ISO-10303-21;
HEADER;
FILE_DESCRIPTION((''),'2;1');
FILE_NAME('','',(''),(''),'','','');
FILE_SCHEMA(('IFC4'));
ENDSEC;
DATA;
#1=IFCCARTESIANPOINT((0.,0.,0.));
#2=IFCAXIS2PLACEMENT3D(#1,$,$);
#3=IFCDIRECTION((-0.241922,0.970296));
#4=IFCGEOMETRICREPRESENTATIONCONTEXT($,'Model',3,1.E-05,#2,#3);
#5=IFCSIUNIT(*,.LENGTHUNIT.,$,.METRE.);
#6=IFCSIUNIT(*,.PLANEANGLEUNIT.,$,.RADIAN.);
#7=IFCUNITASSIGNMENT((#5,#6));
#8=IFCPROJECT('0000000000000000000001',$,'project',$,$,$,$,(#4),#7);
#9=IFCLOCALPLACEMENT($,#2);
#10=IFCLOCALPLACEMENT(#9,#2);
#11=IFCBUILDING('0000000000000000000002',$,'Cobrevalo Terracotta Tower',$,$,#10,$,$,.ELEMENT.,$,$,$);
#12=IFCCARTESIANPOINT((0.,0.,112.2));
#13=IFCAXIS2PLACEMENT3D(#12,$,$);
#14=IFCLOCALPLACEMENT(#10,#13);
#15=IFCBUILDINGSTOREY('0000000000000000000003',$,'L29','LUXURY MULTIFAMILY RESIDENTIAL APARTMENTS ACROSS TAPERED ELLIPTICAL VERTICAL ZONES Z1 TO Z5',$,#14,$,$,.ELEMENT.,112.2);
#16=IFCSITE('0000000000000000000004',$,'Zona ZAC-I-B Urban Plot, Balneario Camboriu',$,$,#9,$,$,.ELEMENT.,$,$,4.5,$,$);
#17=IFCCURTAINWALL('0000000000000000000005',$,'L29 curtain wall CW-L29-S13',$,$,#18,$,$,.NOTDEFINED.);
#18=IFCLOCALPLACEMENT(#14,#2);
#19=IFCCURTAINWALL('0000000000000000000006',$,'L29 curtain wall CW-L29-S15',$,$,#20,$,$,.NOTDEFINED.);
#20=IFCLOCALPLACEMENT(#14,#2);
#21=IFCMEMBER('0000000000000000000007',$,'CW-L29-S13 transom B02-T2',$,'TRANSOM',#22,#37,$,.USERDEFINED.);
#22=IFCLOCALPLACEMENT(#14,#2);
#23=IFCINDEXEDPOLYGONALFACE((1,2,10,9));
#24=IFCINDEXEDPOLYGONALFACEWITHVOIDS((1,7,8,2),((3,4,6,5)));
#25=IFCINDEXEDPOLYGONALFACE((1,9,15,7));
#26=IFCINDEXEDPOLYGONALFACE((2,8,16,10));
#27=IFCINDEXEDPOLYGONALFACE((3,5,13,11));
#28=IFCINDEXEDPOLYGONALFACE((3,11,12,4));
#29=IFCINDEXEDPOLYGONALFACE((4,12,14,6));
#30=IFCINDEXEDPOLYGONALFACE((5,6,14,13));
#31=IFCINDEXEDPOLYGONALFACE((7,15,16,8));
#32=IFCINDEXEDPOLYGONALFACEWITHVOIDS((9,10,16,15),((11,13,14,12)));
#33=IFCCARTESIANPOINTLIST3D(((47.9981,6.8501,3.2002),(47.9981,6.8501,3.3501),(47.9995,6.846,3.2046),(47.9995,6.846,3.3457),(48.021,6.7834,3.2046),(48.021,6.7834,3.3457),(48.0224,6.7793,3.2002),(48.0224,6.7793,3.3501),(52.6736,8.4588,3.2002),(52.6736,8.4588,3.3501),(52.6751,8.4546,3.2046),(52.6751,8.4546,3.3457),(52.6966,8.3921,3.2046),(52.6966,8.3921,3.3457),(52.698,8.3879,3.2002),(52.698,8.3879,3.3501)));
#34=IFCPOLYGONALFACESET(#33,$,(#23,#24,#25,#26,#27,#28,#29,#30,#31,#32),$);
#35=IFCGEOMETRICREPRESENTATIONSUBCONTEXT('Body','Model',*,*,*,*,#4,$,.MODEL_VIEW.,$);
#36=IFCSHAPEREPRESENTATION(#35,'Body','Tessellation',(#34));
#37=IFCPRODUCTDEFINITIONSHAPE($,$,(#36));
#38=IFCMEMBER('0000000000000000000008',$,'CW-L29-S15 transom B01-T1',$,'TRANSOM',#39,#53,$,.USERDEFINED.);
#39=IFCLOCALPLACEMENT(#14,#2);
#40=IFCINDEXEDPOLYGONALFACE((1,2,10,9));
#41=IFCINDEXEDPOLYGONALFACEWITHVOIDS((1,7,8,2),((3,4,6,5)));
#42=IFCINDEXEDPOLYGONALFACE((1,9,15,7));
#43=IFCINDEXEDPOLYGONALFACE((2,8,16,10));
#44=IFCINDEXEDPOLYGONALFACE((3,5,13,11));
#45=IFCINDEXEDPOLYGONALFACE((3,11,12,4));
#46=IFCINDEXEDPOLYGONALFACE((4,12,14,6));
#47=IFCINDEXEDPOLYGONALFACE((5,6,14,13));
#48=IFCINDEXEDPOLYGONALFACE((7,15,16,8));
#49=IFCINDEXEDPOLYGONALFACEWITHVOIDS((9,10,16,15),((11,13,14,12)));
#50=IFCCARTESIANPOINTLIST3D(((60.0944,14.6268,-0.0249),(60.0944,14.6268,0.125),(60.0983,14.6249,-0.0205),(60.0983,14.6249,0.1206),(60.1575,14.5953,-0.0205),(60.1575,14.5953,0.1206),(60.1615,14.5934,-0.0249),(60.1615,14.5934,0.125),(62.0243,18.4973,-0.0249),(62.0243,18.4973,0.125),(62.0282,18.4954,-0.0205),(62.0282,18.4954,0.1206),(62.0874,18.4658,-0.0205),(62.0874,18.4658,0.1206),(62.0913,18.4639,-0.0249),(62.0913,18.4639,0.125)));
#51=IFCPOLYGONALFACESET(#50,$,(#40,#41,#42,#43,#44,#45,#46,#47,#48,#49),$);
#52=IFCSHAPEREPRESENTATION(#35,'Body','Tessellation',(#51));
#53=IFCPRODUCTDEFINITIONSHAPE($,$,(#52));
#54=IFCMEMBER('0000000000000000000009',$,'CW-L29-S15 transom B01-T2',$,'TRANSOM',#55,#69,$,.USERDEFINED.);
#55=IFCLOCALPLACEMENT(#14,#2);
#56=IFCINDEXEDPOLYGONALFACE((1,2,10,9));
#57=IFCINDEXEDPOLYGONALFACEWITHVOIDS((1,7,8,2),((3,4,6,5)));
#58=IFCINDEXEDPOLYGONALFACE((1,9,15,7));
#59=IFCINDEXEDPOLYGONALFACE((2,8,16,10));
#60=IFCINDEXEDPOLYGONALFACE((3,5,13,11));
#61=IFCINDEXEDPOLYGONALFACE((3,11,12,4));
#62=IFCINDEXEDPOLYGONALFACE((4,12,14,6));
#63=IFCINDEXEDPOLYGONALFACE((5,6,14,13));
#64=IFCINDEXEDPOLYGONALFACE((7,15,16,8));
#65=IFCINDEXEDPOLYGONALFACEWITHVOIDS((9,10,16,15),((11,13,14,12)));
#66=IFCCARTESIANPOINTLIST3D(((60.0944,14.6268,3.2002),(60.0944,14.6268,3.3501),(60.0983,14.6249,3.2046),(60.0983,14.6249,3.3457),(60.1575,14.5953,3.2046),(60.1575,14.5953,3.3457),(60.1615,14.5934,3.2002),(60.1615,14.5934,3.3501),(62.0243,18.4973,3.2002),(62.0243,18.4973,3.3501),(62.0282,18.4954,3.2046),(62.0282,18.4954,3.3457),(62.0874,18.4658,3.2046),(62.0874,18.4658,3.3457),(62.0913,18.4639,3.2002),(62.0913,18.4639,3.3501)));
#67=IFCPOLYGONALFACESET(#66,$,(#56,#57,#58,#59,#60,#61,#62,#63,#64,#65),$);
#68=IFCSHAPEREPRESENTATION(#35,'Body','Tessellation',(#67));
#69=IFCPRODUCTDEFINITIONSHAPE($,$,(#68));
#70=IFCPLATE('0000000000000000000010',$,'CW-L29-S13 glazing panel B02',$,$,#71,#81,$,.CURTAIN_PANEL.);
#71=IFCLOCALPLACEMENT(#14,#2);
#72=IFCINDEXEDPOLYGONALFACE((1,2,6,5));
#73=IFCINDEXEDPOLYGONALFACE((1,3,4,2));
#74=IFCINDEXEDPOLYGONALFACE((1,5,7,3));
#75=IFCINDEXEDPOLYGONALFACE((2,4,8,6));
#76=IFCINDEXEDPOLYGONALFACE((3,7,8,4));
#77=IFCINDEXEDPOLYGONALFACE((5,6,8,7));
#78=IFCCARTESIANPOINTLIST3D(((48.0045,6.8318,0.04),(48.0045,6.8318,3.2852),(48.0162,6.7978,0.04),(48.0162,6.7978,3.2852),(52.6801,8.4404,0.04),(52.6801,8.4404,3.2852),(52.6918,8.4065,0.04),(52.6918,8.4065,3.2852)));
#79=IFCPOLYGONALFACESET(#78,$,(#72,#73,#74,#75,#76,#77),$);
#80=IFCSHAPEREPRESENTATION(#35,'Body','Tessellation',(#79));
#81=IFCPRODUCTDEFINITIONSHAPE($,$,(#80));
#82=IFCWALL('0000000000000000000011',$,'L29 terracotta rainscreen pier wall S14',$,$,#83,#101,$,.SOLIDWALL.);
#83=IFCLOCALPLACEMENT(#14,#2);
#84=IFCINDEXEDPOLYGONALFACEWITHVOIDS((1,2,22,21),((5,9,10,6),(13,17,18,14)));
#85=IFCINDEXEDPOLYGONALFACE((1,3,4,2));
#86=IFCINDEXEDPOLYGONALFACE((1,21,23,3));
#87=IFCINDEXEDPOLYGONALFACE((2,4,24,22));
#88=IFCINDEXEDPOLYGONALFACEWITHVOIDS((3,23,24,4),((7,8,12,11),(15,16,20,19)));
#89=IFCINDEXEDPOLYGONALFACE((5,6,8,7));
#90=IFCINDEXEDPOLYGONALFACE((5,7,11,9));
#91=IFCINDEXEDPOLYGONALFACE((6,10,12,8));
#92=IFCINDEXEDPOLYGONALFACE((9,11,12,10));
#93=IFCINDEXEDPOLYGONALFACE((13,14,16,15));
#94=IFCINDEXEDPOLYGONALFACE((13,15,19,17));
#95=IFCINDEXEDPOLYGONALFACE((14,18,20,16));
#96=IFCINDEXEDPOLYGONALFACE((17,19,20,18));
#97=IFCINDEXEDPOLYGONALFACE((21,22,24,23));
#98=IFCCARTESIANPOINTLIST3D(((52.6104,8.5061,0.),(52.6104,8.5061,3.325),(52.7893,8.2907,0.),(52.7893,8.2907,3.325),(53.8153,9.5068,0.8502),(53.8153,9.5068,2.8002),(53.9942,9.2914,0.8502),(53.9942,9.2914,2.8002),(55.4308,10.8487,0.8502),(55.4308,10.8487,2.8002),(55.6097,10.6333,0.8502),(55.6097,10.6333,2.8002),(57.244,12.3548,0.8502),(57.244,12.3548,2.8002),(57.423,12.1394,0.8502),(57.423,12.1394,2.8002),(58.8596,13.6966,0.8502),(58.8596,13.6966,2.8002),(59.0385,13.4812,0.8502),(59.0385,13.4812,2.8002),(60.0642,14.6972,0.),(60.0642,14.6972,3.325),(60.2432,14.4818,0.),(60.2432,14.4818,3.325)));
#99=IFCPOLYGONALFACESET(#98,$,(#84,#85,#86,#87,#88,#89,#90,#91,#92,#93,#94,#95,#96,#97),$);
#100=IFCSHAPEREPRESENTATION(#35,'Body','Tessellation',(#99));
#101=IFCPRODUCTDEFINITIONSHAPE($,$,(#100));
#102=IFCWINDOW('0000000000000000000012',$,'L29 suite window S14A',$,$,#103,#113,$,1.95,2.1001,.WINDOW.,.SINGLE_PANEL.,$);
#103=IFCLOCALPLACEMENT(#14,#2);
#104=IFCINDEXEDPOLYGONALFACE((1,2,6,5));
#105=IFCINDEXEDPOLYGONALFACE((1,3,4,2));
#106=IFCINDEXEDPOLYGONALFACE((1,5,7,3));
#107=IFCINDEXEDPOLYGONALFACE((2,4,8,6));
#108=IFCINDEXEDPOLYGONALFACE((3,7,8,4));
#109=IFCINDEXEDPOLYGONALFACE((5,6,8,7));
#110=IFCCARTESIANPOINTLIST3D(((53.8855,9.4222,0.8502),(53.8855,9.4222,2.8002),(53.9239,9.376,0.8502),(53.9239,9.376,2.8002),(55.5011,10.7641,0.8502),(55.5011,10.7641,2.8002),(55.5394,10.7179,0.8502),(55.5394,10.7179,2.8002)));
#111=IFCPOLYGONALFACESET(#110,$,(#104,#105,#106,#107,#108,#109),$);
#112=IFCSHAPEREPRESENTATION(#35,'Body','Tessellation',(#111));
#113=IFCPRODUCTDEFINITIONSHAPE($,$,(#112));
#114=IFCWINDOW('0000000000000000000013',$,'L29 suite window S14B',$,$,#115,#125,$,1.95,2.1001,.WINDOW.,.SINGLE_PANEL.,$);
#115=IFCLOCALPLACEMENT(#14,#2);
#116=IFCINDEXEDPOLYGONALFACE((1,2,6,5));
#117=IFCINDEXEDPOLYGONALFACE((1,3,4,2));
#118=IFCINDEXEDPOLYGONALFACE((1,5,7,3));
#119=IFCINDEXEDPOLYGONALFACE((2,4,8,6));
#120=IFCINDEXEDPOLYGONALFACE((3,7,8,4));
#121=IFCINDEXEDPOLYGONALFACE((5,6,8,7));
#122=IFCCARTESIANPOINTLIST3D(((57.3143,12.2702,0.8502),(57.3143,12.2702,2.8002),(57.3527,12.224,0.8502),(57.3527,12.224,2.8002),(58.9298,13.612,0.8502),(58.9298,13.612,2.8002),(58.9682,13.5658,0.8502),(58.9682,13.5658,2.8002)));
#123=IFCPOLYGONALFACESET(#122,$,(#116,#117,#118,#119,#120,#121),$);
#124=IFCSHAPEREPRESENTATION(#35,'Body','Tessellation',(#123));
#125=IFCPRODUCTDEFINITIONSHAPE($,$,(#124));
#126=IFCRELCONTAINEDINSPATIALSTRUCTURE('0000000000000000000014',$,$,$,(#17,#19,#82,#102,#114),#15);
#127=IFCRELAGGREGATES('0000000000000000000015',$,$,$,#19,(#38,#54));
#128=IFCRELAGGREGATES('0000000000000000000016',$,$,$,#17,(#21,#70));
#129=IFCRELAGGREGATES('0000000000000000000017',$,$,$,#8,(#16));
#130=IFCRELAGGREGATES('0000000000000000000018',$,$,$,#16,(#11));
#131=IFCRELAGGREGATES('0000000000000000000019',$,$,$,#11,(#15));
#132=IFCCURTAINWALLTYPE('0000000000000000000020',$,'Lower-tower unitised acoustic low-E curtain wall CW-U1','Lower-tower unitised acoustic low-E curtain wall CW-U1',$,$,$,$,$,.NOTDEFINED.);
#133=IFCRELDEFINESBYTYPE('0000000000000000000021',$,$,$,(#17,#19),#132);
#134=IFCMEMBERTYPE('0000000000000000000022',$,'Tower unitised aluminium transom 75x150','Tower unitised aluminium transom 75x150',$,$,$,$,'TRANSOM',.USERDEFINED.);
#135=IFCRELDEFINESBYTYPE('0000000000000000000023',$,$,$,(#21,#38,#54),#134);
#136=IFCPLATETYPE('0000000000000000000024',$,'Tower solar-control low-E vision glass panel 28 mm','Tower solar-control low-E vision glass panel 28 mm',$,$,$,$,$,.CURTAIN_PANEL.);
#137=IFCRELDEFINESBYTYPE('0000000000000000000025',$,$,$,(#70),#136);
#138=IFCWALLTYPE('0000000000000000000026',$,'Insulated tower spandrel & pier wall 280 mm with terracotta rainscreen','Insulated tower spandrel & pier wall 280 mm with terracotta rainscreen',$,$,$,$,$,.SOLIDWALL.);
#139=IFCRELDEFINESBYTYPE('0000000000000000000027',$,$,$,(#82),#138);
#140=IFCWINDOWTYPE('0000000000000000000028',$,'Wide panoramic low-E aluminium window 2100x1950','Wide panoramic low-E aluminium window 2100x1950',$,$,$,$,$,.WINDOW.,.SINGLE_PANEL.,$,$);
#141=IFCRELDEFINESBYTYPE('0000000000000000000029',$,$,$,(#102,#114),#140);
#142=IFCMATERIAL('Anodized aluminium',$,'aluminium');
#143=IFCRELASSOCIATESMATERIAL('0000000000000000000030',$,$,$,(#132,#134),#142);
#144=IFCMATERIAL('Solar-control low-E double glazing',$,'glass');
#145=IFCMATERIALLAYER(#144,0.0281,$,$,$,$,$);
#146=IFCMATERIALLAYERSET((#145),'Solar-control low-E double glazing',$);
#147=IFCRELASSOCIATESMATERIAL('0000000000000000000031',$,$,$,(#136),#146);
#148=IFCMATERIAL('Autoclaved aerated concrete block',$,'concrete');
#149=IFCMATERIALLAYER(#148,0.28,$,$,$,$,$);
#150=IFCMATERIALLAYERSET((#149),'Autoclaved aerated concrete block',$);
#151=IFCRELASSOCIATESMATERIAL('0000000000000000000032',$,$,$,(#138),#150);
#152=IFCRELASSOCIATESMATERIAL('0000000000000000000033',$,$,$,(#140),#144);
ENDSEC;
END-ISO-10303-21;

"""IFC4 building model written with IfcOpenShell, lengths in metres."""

from ifc_helpers import new_model, si_unit, direction, frame, frame_2d, origin, origin_2d, place, context, subcontext, project, spatial, rectangle, hollow_rectangle, extrude, source, transform, mapped, material, layer, layer_set, material_profile, profile_set, type_object, element, fill, aggregate, save


model = new_model("IFC4")

# Units and contexts
model_context = context("Model", 3, precision=1e-05, world=origin(), true_north=direction((-0.241922, 0.970296)))
body_context = subcontext(model_context, "Body", "Model", "MODEL_VIEW")
ifc_project = project(units=[si_unit("LENGTHUNIT", "METRE"), si_unit("PLANEANGLEUNIT", "RADIAN")], contexts=[model_context])

# Site, building, storey
site_placement = place(None, origin())
site = spatial("IfcSite", under=ifc_project, at=site_placement, Name="Zona ZAC-I-B Urban Plot, Balneario Camboriu", CompositionType="ELEMENT", RefElevation=4.5)
building_placement = place(site_placement, origin())
building = spatial("IfcBuilding", under=site, at=building_placement, Name="Cobrevalo Terracotta Tower", CompositionType="ELEMENT")
storey_placement = place(building_placement, frame((0.0, 0.0, 112.2)))
storey = spatial("IfcBuildingStorey", under=building, at=storey_placement, Name="L29", Description="LUXURY MULTIFAMILY RESIDENTIAL APARTMENTS ACROSS TAPERED ELLIPTICAL VERTICAL ZONES Z1 TO Z5", CompositionType="ELEMENT", Elevation=112.2)

# Curtain wall
ifc_material_1 = material(Name="Anodized aluminium", Category="aluminium")
curtain_wall_type = type_object("IfcCurtainWallType", Name="Lower-tower unitised acoustic low-E curtain wall CW-U1", Description="Lower-tower unitised acoustic low-E curtain wall CW-U1", PredefinedType="NOTDEFINED", material=ifc_material_1)
curtain_wall_1_placement = place(storey_placement, origin())
curtain_wall_1 = element("IfcCurtainWall", 1, at=curtain_wall_1_placement, inside=storey, type_object=curtain_wall_type, Name="L29 curtain wall CW-L29-S13", PredefinedType="NOTDEFINED")

# Curtain wall
curtain_wall_2_placement = place(storey_placement, origin())
curtain_wall_2 = element("IfcCurtainWall", 2, at=curtain_wall_2_placement, inside=storey, type_object=curtain_wall_type, Name="L29 curtain wall CW-L29-S15", PredefinedType="NOTDEFINED")

# Members
ifc_material_profile_1 = material_profile(ifc_material_1, hollow_rectangle(XDim=0.075, YDim=0.1499, WallThickness=0.0044, at=origin_2d()), Name="CWT 75x150")
ifc_profile_set_1 = profile_set([ifc_material_profile_1], Name="Anodized aluminium")
member_type_1 = type_object("IfcMemberType", Name="Tower unitised aluminium transom 75x150", Description="Tower unitised aluminium transom 75x150", ElementType="TRANSOM", PredefinedType="USERDEFINED", material=ifc_profile_set_1)
shared_shape_1 = source(origin(), body_context, "Body", "SweptSolid", [
    extrude(hollow_rectangle(XDim=0.075, YDim=0.1499, WallThickness=0.0044, at=origin_2d()), origin(), (0.0, 0.0, 1.0), 4.9446),
])
member_1_placement = place(storey_placement, frame((48.0103, 6.8147, 3.2751), z_axis=(0.945598, 0.325338, 0.0), x_axis=(-0.325338, 0.945598, 0.0)))
member_1 = element("IfcMember", 3, at=member_1_placement, type_object=member_type_1, Name="CW-L29-S13 transom B02-T2", ObjectType="TRANSOM", PredefinedType="USERDEFINED", context=body_context, shape_type="MappedRepresentation", body=[
    mapped(shared_shape_1, transform((0.0, 0.0, 0.0), scale=1.0)),
])
shared_shape_2 = source(origin(), body_context, "Body", "SweptSolid", [
    extrude(hollow_rectangle(XDim=0.075, YDim=0.1499, WallThickness=0.0044, at=origin_2d()), origin(), (0.0, 0.0, 1.0), 4.325),
])
member_2_placement = place(storey_placement, frame((60.1279, 14.6101, 0.05), z_axis=(0.44622, 0.894923, 0.0), x_axis=(-0.894923, 0.44622, 0.0)))
member_2 = element("IfcMember", 4, at=member_2_placement, type_object=member_type_1, Name="CW-L29-S15 transom B01-T1", ObjectType="TRANSOM", PredefinedType="USERDEFINED", context=body_context, shape_type="MappedRepresentation", body=[
    mapped(shared_shape_2, transform((0.0, 0.0, 0.0), scale=1.0)),
])
member_3_placement = place(storey_placement, frame((60.1279, 14.6101, 3.2751), z_axis=(0.44622, 0.894923, 0.0), x_axis=(-0.894923, 0.44622, 0.0)))
member_3 = element("IfcMember", 5, at=member_3_placement, type_object=member_type_1, Name="CW-L29-S15 transom B01-T2", ObjectType="TRANSOM", PredefinedType="USERDEFINED", context=body_context, shape_type="MappedRepresentation", body=[
    mapped(shared_shape_2, transform((0.0, 0.0, 0.0), scale=1.0)),
])
aggregate(curtain_wall_2, [member_2, member_3])

# Plate
ifc_material_2 = material(Name="Solar-control low-E double glazing", Category="glass")
ifc_layer_1 = layer(ifc_material_2, 0.0281)
ifc_layer_set_1 = layer_set([ifc_layer_1], Name="Solar-control low-E double glazing")
plate_type = type_object("IfcPlateType", Name="Tower solar-control low-E vision glass panel 28 mm", Description="Tower solar-control low-E vision glass panel 28 mm", PredefinedType="CURTAIN_PANEL", material=ifc_layer_set_1)
shared_shape_3 = source(origin(), body_context, "Body", "SweptSolid", [
    extrude(rectangle(XDim=4.9446, YDim=0.0359, at=origin_2d()), origin(), (0.0, 0.0, 1.0), 3.2451),
])
plate_placement = place(storey_placement, frame((50.3481, 7.6191, 0.04), z_axis=(0.0, 0.0, 1.0), x_axis=(0.945596, 0.325342, 0.0)))
plate = element("IfcPlate", 6, at=plate_placement, type_object=plate_type, Name="CW-L29-S13 glazing panel B02", PredefinedType="CURTAIN_PANEL", context=body_context, shape_type="MappedRepresentation", body=[
    mapped(shared_shape_3, transform((0.0, 0.0, 0.0), scale=1.0)),
])
aggregate(curtain_wall_1, [member_1, plate])

# Wall, openings, windows
ifc_material_3 = material(Name="Autoclaved aerated concrete block", Category="concrete")
ifc_layer_2 = layer(ifc_material_3, 0.28)
ifc_layer_set_2 = layer_set([ifc_layer_2], Name="Autoclaved aerated concrete block")
wall_type_1 = type_object("IfcWallType", Name="Insulated tower spandrel & pier wall 280 mm with terracotta rainscreen", Description="Insulated tower spandrel & pier wall 280 mm with terracotta rainscreen", PredefinedType="SOLIDWALL", material=ifc_layer_set_2)
wall_1_placement = place(storey_placement, frame((52.7, 8.3984, 0.0), z_axis=(0.0, 0.0, 1.0), x_axis=(0.769255, 0.638942, 0.0)))
wall_1 = element("IfcWall", 7, at=wall_1_placement, inside=storey, type_object=wall_type_1, Name="L29 terracotta rainscreen pier wall S14", PredefinedType="SOLIDWALL", context=body_context, shape_type="SweptSolid", body=[
    extrude(rectangle(XDim=9.6897, YDim=0.28, at=frame_2d((4.8447, 0.0))), origin(), (0.0, 0.0, 1.0), 3.325),
])
opening_1_placement = place(wall_1_placement, frame((1.5662, 0.0, 0.8501)))
opening_1 = element("IfcOpeningElement", 8, at=opening_1_placement, cuts=wall_1, PredefinedType="OPENING", context=body_context, shape_type="SweptSolid", body=[
    extrude(rectangle(XDim=2.1001, YDim=1.95, at=frame_2d((1.05, 0.9751))), frame((0.0, 0.1499, 0.0), z_axis=(0.0, -1.0, 0.0), x_axis=(1.0, 0.0, 0.0)), (0.0, 0.0, 1.0), 0.3),
])
opening_2_placement = place(wall_1_placement, frame((6.0234, 0.0, 0.8501)))
opening_2 = element("IfcOpeningElement", 9, at=opening_2_placement, cuts=wall_1, PredefinedType="OPENING", context=body_context, shape_type="SweptSolid", body=[
    extrude(rectangle(XDim=2.1001, YDim=1.95, at=frame_2d((1.05, 0.9751))), frame((0.0, 0.1499, 0.0), z_axis=(0.0, -1.0, 0.0), x_axis=(1.0, 0.0, 0.0)), (0.0, 0.0, 1.0), 0.3),
])
window_type = type_object("IfcWindowType", Name="Wide panoramic low-E aluminium window 2100x1950", Description="Wide panoramic low-E aluminium window 2100x1950", PartitioningType="SINGLE_PANEL", PredefinedType="WINDOW", material=ifc_material_2)
shared_shape_4 = source(origin(), body_context, "Body", "SweptSolid", [
    extrude(rectangle(XDim=2.1001, YDim=1.95, at=frame_2d((1.05, 0.9751))), frame((0.0, 0.03, 0.0), z_axis=(0.0, -1.0, 0.0), x_axis=(1.0, 0.0, 0.0)), (0.0, 0.0, 1.0), 0.0601),
])
window_1_placement = place(opening_1_placement, origin())
window_1 = element("IfcWindow", 10, at=window_1_placement, inside=storey, type_object=window_type, Name="L29 suite window S14A", OverallHeight=1.95, OverallWidth=2.1001, PartitioningType="SINGLE_PANEL", PredefinedType="WINDOW", context=body_context, shape_type="MappedRepresentation", body=[
    mapped(shared_shape_4, transform((0.0, 0.0, 0.0), scale=1.0)),
])
fill(opening_1, window_1)
window_2_placement = place(opening_2_placement, origin())
window_2 = element("IfcWindow", 11, at=window_2_placement, inside=storey, type_object=window_type, Name="L29 suite window S14B", OverallHeight=1.95, OverallWidth=2.1001, PartitioningType="SINGLE_PANEL", PredefinedType="WINDOW", context=body_context, shape_type="MappedRepresentation", body=[
    mapped(shared_shape_4, transform((0.0, 0.0, 0.0), scale=1.0)),
])
fill(opening_2, window_2)

save(model, "model.ifc")
